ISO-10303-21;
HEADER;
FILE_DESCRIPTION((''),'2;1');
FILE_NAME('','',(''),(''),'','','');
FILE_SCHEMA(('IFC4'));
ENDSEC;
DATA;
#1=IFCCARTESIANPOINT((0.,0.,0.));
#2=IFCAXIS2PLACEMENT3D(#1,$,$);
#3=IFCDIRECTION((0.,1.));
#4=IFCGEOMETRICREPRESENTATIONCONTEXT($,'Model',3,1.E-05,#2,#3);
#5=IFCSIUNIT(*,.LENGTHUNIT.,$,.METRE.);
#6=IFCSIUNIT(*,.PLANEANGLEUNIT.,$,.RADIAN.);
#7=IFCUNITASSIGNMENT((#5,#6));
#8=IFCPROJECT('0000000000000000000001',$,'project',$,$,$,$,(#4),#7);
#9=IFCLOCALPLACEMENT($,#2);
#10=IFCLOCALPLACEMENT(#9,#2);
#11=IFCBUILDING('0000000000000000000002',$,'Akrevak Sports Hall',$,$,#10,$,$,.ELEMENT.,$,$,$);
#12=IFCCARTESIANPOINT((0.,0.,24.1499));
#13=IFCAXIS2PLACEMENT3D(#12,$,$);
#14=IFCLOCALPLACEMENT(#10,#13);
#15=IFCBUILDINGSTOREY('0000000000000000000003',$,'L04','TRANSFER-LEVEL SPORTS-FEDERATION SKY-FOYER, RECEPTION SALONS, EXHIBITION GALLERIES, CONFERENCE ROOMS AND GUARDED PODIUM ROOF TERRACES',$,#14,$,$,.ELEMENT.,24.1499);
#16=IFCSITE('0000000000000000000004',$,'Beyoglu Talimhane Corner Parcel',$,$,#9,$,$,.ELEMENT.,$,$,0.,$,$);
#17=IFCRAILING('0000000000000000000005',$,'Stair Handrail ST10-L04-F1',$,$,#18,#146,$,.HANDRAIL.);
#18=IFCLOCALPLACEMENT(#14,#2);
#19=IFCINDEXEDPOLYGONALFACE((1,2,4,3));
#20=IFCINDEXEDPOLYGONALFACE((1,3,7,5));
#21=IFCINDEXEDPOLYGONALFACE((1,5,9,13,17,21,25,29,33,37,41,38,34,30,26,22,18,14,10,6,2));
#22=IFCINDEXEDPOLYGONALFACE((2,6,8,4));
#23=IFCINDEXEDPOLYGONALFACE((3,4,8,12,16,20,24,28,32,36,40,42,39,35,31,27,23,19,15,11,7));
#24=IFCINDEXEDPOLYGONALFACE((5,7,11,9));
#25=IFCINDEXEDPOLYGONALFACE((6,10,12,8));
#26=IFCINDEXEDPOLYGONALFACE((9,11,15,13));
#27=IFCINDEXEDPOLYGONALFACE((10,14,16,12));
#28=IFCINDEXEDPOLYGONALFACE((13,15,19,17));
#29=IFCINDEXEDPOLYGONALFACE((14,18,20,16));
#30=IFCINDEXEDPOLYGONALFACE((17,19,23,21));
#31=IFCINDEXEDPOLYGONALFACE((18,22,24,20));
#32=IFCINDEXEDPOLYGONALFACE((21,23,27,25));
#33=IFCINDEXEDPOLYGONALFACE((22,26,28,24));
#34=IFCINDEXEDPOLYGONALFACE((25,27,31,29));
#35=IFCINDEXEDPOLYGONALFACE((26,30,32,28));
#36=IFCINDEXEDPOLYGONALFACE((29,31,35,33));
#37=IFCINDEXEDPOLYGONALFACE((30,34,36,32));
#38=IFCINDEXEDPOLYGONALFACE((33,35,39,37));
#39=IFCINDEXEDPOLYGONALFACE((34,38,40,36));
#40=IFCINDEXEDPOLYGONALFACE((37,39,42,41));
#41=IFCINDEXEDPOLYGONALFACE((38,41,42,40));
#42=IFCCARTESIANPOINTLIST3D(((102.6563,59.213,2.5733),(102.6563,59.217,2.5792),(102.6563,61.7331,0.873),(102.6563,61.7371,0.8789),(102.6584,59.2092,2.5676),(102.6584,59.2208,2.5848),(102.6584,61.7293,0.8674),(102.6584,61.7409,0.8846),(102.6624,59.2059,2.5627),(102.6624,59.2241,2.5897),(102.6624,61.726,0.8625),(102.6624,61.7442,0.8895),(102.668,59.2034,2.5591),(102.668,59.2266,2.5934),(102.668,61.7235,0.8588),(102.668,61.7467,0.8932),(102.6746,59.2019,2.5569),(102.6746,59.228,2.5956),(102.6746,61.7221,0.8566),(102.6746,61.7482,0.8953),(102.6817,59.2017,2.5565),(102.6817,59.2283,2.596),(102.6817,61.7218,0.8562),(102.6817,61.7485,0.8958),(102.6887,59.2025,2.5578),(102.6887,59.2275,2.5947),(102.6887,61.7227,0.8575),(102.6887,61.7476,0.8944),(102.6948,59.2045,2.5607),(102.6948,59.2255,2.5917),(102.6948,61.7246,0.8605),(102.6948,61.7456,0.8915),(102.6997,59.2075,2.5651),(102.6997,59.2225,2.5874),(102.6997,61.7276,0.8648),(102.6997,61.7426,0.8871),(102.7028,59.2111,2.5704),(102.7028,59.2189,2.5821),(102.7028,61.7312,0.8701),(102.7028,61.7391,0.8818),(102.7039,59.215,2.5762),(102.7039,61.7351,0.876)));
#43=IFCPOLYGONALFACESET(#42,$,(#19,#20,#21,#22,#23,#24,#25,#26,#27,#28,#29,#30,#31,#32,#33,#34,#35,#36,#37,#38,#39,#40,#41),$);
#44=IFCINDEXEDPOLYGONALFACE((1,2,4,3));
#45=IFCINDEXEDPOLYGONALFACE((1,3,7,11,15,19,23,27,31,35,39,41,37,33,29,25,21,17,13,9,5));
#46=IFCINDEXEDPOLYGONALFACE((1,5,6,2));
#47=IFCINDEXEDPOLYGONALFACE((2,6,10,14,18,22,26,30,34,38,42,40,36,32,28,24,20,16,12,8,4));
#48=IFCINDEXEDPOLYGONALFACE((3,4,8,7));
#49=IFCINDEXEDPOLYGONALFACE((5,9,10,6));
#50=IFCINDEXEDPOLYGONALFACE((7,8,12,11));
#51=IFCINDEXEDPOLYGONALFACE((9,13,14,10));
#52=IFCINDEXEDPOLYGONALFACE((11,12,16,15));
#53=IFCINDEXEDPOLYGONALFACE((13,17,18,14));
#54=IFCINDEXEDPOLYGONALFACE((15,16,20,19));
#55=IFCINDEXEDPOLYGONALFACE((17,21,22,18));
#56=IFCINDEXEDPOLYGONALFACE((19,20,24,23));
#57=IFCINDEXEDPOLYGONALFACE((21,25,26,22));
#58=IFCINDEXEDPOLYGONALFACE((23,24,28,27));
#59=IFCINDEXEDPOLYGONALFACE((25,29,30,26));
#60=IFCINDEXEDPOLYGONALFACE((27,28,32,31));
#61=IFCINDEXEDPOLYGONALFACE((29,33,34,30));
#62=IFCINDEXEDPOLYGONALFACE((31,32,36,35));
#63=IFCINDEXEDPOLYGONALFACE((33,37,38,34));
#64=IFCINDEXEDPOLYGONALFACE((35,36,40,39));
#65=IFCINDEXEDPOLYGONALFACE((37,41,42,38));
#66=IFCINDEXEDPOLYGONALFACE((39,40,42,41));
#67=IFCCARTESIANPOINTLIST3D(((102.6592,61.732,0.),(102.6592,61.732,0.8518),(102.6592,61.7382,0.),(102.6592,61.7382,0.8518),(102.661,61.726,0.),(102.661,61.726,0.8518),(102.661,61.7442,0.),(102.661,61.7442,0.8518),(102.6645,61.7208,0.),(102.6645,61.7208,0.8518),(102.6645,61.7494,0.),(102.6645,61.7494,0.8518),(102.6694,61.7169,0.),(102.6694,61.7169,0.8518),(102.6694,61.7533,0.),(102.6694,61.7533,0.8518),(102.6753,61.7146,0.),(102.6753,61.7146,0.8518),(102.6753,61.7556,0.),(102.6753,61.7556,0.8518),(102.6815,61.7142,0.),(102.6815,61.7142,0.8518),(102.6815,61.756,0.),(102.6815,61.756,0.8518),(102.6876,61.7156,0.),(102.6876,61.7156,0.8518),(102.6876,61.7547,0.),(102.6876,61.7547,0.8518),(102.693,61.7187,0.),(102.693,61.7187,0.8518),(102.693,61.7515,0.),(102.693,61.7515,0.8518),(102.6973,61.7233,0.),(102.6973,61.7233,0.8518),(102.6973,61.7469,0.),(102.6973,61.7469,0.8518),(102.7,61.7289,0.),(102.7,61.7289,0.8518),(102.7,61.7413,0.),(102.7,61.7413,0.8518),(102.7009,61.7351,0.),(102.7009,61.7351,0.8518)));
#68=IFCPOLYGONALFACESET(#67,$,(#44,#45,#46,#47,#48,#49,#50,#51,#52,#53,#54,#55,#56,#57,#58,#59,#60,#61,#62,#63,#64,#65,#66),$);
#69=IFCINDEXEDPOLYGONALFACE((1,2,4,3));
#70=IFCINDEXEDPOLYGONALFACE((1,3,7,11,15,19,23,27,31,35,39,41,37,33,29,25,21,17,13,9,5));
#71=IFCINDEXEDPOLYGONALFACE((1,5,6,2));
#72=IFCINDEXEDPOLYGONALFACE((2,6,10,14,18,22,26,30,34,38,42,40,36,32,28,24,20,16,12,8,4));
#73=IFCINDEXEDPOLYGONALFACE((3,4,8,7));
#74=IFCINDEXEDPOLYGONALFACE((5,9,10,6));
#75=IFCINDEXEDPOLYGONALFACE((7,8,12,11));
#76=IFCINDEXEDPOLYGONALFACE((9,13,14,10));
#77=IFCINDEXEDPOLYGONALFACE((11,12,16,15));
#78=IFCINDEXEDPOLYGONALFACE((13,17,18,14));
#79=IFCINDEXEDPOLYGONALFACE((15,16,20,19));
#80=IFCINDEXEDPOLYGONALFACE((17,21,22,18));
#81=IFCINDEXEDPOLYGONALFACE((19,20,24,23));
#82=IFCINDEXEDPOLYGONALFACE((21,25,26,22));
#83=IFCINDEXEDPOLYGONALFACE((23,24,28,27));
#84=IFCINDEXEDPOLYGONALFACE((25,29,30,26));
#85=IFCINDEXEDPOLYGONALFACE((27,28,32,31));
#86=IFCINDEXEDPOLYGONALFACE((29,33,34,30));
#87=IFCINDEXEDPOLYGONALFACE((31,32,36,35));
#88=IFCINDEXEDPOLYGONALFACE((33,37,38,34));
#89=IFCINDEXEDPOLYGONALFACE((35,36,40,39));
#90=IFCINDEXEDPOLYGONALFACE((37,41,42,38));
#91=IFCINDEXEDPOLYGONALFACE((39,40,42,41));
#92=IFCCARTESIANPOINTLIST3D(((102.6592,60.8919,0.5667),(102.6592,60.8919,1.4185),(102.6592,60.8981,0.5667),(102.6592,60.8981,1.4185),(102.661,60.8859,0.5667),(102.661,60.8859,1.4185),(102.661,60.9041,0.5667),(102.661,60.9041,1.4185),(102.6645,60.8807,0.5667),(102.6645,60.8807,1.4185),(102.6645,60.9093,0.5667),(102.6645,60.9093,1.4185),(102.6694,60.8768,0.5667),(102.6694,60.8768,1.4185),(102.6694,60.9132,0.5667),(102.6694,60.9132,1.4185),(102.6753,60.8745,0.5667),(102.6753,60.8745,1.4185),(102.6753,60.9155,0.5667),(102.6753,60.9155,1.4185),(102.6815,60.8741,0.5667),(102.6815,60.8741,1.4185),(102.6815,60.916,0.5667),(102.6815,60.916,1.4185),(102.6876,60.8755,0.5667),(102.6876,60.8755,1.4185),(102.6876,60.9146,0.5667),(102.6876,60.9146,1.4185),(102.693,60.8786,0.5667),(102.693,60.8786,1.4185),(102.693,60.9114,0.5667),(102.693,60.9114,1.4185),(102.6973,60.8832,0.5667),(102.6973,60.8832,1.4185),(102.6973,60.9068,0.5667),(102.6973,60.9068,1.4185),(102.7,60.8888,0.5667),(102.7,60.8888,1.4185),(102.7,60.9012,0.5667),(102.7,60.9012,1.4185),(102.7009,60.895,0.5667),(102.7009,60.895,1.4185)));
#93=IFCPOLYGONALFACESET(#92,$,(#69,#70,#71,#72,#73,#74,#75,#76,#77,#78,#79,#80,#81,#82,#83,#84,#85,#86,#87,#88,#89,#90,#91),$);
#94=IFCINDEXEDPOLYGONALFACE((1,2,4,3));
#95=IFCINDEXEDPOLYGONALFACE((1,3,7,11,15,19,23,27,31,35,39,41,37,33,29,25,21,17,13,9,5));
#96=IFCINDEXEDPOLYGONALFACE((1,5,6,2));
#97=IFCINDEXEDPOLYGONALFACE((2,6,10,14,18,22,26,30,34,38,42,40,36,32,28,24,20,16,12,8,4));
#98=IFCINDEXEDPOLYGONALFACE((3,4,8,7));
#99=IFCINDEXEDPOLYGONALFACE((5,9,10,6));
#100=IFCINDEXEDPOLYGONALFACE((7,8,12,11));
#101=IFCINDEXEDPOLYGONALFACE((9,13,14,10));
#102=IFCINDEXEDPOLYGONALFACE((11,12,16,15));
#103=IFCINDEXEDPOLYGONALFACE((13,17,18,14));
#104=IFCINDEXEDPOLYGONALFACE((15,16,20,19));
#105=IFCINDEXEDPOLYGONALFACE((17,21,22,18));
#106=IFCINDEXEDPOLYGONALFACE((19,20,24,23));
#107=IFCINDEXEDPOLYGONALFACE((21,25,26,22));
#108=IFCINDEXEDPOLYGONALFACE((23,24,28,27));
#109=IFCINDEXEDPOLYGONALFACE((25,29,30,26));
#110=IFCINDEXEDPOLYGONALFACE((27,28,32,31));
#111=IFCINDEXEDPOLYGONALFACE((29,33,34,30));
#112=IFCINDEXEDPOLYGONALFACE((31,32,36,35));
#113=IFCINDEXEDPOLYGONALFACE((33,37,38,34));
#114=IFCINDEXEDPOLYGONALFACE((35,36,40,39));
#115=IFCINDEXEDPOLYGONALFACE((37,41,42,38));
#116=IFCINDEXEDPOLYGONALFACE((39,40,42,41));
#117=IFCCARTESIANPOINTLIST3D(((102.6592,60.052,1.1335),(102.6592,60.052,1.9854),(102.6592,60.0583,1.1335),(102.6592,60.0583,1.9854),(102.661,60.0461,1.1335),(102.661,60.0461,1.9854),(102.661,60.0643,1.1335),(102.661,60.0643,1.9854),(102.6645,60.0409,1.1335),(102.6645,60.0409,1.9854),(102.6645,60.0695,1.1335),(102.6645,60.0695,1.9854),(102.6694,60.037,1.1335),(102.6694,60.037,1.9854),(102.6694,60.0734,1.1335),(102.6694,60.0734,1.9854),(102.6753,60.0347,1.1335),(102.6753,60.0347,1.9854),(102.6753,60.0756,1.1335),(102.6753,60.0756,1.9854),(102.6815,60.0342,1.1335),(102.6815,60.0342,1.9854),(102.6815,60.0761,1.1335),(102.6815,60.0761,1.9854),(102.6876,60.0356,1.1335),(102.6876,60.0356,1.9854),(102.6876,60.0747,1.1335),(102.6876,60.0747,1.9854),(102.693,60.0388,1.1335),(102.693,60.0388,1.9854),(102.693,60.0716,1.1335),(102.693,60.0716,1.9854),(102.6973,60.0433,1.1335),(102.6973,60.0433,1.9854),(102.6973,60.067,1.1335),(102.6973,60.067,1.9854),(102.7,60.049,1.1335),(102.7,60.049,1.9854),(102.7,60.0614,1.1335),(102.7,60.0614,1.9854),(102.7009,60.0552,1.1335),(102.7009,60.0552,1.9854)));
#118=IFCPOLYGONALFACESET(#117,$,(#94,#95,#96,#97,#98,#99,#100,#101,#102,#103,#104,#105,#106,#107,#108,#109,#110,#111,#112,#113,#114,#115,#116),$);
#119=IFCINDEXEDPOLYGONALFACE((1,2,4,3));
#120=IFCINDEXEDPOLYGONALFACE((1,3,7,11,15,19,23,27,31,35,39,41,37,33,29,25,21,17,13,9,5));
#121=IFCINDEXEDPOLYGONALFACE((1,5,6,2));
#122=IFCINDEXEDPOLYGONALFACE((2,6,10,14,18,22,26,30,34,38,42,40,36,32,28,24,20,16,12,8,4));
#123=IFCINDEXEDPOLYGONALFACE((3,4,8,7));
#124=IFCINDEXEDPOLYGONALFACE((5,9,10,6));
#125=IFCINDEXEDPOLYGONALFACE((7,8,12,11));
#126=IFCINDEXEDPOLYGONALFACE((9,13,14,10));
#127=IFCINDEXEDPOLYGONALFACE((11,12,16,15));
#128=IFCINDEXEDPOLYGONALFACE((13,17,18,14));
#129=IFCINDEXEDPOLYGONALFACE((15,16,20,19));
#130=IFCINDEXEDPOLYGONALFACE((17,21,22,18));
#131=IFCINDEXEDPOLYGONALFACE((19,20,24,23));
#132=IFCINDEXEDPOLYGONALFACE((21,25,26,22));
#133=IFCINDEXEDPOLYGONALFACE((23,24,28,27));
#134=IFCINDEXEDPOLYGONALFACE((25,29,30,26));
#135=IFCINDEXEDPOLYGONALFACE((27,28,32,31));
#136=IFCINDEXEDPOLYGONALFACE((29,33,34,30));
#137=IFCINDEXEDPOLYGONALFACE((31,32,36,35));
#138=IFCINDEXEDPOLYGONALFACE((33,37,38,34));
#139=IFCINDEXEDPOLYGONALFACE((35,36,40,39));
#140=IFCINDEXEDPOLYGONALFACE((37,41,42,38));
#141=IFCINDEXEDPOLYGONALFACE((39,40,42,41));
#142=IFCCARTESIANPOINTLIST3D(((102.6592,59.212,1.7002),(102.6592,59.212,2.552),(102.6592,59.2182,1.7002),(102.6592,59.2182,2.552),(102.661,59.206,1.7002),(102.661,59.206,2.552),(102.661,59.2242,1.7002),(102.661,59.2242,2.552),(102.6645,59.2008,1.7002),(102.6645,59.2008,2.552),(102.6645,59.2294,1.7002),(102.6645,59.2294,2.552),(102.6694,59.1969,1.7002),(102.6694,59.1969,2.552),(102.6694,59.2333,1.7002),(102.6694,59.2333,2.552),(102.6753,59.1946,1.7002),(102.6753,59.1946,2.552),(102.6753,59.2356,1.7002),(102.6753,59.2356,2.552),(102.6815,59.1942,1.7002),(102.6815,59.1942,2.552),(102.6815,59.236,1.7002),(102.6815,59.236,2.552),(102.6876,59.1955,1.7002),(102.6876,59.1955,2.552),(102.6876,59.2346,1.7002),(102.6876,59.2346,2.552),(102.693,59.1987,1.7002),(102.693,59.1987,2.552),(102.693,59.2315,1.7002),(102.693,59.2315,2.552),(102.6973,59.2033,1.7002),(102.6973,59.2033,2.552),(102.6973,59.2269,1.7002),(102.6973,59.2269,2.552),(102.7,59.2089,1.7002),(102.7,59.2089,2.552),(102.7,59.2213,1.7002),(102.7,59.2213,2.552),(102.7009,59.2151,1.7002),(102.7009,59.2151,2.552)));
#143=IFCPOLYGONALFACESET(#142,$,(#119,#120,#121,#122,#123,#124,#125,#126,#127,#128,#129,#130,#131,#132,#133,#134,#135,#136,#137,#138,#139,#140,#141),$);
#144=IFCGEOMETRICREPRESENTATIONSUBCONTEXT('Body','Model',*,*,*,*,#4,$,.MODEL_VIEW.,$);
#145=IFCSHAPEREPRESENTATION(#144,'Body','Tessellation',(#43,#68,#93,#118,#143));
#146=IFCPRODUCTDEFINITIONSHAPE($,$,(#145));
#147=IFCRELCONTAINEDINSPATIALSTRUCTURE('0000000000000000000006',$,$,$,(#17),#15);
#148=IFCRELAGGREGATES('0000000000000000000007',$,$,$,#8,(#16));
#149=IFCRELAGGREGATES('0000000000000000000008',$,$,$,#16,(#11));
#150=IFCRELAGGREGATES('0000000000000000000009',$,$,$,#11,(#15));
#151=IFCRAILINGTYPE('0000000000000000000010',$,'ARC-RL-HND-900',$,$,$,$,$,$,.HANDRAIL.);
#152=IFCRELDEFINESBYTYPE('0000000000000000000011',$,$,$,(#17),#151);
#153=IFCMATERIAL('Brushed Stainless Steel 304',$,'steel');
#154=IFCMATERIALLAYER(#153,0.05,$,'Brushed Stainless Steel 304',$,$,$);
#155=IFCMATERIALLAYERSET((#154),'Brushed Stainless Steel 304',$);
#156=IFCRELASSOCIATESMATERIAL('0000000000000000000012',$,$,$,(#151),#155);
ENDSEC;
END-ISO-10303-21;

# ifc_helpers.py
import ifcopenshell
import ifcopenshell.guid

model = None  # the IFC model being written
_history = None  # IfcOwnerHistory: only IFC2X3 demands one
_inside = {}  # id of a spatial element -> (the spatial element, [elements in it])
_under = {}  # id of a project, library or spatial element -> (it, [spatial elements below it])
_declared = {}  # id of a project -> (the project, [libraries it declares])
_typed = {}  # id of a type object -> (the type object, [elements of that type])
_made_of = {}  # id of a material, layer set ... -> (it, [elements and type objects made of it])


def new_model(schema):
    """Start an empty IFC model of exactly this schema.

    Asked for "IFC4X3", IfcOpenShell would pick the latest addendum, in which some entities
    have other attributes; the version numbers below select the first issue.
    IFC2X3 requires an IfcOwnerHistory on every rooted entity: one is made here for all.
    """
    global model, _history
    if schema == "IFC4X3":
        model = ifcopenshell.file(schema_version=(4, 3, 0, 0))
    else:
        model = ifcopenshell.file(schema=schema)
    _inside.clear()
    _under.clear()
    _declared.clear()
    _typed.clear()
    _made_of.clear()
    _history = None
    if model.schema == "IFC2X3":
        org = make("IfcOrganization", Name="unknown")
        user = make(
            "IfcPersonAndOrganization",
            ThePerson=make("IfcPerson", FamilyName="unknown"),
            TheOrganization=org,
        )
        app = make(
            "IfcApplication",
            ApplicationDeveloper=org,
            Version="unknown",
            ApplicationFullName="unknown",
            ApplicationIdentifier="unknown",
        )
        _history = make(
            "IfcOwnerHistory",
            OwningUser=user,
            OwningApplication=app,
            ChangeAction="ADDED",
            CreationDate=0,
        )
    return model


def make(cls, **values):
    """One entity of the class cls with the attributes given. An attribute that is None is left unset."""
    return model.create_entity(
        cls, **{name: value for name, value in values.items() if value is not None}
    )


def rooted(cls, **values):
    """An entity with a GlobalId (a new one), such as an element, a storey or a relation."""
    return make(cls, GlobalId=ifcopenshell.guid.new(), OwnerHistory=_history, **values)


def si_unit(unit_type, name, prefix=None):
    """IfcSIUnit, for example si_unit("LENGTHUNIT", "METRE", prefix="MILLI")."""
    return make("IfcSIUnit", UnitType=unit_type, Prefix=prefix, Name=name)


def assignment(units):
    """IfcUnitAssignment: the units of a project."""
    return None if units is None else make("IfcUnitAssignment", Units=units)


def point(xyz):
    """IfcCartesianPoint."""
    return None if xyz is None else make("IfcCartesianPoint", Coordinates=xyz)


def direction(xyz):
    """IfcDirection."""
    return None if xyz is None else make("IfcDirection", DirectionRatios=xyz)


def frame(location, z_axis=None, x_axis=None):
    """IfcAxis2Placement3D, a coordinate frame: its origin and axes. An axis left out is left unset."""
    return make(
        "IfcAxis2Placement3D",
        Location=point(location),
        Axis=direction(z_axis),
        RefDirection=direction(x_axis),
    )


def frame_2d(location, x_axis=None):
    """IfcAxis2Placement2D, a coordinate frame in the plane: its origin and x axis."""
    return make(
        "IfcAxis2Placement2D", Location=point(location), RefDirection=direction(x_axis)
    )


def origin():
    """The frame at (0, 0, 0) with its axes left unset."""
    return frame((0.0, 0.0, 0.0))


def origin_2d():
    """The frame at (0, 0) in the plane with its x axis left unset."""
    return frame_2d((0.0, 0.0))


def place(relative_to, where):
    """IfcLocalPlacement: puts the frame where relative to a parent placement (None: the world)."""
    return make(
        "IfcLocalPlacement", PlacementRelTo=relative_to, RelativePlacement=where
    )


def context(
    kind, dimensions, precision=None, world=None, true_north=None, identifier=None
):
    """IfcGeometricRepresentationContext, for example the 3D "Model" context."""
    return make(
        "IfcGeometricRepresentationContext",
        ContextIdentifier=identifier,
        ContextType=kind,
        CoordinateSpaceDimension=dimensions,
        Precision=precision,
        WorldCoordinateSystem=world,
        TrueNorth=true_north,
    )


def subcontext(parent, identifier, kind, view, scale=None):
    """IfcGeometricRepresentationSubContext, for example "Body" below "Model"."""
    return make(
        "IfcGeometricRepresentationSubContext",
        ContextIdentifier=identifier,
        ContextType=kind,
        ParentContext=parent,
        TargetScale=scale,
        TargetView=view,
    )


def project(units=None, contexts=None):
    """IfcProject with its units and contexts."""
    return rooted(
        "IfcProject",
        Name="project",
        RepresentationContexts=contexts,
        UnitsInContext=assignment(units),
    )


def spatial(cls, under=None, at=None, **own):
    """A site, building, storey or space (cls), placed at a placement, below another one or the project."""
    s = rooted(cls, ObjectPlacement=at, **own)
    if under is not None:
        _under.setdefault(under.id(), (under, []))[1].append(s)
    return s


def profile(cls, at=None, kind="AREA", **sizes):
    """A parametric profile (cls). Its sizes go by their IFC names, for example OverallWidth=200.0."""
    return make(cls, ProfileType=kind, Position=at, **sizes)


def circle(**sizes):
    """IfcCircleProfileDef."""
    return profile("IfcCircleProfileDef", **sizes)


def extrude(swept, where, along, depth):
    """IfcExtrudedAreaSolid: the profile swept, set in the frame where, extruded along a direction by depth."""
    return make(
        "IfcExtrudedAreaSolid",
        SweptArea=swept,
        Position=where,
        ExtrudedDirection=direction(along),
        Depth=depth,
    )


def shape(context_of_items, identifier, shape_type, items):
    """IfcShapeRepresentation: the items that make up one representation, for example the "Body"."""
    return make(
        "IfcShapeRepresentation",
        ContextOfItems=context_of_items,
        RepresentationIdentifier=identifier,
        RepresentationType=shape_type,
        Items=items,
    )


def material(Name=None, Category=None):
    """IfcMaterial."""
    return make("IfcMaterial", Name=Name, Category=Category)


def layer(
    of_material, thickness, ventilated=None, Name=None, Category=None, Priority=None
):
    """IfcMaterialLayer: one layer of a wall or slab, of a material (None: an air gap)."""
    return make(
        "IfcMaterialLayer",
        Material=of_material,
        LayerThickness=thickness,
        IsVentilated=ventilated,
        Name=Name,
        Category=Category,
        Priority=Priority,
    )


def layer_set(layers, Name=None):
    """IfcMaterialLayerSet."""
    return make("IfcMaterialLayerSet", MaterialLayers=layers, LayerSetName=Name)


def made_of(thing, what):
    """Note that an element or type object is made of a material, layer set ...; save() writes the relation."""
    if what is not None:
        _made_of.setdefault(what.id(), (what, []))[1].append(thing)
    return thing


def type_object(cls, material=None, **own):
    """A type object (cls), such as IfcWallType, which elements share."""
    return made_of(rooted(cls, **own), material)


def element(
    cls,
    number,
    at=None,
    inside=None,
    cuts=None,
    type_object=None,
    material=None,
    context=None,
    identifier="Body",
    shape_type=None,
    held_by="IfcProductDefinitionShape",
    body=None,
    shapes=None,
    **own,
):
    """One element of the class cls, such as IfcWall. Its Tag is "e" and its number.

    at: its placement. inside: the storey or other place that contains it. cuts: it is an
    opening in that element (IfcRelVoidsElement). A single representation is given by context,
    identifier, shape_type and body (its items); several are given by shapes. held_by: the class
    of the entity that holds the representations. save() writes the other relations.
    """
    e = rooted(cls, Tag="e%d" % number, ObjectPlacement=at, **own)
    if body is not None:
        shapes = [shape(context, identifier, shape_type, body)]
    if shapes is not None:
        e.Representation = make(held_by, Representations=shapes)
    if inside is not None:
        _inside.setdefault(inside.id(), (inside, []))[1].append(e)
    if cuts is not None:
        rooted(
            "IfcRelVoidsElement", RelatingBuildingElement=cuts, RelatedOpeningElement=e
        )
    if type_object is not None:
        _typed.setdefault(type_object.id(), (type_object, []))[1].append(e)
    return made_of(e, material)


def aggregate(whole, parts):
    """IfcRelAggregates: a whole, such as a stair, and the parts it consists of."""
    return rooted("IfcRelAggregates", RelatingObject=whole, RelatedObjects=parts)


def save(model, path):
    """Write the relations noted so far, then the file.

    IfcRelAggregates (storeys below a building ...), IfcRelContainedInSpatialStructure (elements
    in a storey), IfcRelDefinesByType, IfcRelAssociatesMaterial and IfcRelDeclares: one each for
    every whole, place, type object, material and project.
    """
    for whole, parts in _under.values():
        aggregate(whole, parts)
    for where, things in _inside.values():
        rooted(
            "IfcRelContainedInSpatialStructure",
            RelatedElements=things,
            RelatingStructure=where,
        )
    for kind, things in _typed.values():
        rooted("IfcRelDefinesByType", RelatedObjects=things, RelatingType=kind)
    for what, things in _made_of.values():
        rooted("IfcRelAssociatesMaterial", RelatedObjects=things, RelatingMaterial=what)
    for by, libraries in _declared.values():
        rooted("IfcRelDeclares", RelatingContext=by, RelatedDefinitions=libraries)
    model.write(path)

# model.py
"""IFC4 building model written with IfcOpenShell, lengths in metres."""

from ifc_helpers import new_model, si_unit, direction, frame, origin, origin_2d, place, context, subcontext, project, spatial, circle, extrude, material, layer, layer_set, type_object, element, save


model = new_model("IFC4")

# Units and contexts
model_context = context("Model", 3, precision=1e-05, world=origin(), true_north=direction((0.0, 1.0)))
body_context = subcontext(model_context, "Body", "Model", "MODEL_VIEW")
ifc_project = project(units=[si_unit("LENGTHUNIT", "METRE"), si_unit("PLANEANGLEUNIT", "RADIAN")], contexts=[model_context])

# Site, building, storey
site_placement = place(None, origin())
site = spatial("IfcSite", under=ifc_project, at=site_placement, Name="Beyoglu Talimhane Corner Parcel", CompositionType="ELEMENT", RefElevation=0.0)
building_placement = place(site_placement, origin())
building = spatial("IfcBuilding", under=site, at=building_placement, Name="Akrevak Sports Hall", CompositionType="ELEMENT")
storey_placement = place(building_placement, frame((0.0, 0.0, 24.1499)))
storey = spatial("IfcBuildingStorey", under=building, at=storey_placement, Name="L04", Description="TRANSFER-LEVEL SPORTS-FEDERATION SKY-FOYER, RECEPTION SALONS, EXHIBITION GALLERIES, CONFERENCE ROOMS AND GUARDED PODIUM ROOF TERRACES", CompositionType="ELEMENT", Elevation=24.1499)

# Railing
ifc_material_1 = material(Name="Brushed Stainless Steel 304", Category="steel")
ifc_layer_1 = layer(ifc_material_1, 0.05, Name="Brushed Stainless Steel 304")
ifc_layer_set_1 = layer_set([ifc_layer_1], Name="Brushed Stainless Steel 304")
railing_type_1 = type_object("IfcRailingType", Name="ARC-RL-HND-900", PredefinedType="HANDRAIL", material=ifc_layer_set_1)
railing_1_placement = place(storey_placement, frame((102.6799, 61.7351, 0.0)))
element("IfcRailing", 1, at=railing_1_placement, inside=storey, type_object=railing_type_1, Name="Stair Handrail ST10-L04-F1", PredefinedType="HANDRAIL", context=body_context, shape_type="SweptSolid", body=[
    extrude(circle(Radius=0.0239, at=origin_2d()), frame((0.0, 0.0, 0.876), z_axis=(0.0, -0.828973, 0.559288), x_axis=(1.0, 0.0, 0.0)), (0.0, 0.0, 1.0), 3.04),
    extrude(circle(Radius=0.021, at=origin_2d()), origin(), (0.0, 0.0, 1.0), 0.8518),
    extrude(circle(Radius=0.021, at=origin_2d()), frame((0.0, -0.8401, 0.5667)), (0.0, 0.0, 1.0), 0.8518),
    extrude(circle(Radius=0.021, at=origin_2d()), frame((0.0, -1.6799, 1.1335)), (0.0, 0.0, 1.0), 0.8518),
    extrude(circle(Radius=0.021, at=origin_2d()), frame((0.0, -2.52, 1.7002)), (0.0, 0.0, 1.0), 0.8518),
])

save(model, "model.ifc")
